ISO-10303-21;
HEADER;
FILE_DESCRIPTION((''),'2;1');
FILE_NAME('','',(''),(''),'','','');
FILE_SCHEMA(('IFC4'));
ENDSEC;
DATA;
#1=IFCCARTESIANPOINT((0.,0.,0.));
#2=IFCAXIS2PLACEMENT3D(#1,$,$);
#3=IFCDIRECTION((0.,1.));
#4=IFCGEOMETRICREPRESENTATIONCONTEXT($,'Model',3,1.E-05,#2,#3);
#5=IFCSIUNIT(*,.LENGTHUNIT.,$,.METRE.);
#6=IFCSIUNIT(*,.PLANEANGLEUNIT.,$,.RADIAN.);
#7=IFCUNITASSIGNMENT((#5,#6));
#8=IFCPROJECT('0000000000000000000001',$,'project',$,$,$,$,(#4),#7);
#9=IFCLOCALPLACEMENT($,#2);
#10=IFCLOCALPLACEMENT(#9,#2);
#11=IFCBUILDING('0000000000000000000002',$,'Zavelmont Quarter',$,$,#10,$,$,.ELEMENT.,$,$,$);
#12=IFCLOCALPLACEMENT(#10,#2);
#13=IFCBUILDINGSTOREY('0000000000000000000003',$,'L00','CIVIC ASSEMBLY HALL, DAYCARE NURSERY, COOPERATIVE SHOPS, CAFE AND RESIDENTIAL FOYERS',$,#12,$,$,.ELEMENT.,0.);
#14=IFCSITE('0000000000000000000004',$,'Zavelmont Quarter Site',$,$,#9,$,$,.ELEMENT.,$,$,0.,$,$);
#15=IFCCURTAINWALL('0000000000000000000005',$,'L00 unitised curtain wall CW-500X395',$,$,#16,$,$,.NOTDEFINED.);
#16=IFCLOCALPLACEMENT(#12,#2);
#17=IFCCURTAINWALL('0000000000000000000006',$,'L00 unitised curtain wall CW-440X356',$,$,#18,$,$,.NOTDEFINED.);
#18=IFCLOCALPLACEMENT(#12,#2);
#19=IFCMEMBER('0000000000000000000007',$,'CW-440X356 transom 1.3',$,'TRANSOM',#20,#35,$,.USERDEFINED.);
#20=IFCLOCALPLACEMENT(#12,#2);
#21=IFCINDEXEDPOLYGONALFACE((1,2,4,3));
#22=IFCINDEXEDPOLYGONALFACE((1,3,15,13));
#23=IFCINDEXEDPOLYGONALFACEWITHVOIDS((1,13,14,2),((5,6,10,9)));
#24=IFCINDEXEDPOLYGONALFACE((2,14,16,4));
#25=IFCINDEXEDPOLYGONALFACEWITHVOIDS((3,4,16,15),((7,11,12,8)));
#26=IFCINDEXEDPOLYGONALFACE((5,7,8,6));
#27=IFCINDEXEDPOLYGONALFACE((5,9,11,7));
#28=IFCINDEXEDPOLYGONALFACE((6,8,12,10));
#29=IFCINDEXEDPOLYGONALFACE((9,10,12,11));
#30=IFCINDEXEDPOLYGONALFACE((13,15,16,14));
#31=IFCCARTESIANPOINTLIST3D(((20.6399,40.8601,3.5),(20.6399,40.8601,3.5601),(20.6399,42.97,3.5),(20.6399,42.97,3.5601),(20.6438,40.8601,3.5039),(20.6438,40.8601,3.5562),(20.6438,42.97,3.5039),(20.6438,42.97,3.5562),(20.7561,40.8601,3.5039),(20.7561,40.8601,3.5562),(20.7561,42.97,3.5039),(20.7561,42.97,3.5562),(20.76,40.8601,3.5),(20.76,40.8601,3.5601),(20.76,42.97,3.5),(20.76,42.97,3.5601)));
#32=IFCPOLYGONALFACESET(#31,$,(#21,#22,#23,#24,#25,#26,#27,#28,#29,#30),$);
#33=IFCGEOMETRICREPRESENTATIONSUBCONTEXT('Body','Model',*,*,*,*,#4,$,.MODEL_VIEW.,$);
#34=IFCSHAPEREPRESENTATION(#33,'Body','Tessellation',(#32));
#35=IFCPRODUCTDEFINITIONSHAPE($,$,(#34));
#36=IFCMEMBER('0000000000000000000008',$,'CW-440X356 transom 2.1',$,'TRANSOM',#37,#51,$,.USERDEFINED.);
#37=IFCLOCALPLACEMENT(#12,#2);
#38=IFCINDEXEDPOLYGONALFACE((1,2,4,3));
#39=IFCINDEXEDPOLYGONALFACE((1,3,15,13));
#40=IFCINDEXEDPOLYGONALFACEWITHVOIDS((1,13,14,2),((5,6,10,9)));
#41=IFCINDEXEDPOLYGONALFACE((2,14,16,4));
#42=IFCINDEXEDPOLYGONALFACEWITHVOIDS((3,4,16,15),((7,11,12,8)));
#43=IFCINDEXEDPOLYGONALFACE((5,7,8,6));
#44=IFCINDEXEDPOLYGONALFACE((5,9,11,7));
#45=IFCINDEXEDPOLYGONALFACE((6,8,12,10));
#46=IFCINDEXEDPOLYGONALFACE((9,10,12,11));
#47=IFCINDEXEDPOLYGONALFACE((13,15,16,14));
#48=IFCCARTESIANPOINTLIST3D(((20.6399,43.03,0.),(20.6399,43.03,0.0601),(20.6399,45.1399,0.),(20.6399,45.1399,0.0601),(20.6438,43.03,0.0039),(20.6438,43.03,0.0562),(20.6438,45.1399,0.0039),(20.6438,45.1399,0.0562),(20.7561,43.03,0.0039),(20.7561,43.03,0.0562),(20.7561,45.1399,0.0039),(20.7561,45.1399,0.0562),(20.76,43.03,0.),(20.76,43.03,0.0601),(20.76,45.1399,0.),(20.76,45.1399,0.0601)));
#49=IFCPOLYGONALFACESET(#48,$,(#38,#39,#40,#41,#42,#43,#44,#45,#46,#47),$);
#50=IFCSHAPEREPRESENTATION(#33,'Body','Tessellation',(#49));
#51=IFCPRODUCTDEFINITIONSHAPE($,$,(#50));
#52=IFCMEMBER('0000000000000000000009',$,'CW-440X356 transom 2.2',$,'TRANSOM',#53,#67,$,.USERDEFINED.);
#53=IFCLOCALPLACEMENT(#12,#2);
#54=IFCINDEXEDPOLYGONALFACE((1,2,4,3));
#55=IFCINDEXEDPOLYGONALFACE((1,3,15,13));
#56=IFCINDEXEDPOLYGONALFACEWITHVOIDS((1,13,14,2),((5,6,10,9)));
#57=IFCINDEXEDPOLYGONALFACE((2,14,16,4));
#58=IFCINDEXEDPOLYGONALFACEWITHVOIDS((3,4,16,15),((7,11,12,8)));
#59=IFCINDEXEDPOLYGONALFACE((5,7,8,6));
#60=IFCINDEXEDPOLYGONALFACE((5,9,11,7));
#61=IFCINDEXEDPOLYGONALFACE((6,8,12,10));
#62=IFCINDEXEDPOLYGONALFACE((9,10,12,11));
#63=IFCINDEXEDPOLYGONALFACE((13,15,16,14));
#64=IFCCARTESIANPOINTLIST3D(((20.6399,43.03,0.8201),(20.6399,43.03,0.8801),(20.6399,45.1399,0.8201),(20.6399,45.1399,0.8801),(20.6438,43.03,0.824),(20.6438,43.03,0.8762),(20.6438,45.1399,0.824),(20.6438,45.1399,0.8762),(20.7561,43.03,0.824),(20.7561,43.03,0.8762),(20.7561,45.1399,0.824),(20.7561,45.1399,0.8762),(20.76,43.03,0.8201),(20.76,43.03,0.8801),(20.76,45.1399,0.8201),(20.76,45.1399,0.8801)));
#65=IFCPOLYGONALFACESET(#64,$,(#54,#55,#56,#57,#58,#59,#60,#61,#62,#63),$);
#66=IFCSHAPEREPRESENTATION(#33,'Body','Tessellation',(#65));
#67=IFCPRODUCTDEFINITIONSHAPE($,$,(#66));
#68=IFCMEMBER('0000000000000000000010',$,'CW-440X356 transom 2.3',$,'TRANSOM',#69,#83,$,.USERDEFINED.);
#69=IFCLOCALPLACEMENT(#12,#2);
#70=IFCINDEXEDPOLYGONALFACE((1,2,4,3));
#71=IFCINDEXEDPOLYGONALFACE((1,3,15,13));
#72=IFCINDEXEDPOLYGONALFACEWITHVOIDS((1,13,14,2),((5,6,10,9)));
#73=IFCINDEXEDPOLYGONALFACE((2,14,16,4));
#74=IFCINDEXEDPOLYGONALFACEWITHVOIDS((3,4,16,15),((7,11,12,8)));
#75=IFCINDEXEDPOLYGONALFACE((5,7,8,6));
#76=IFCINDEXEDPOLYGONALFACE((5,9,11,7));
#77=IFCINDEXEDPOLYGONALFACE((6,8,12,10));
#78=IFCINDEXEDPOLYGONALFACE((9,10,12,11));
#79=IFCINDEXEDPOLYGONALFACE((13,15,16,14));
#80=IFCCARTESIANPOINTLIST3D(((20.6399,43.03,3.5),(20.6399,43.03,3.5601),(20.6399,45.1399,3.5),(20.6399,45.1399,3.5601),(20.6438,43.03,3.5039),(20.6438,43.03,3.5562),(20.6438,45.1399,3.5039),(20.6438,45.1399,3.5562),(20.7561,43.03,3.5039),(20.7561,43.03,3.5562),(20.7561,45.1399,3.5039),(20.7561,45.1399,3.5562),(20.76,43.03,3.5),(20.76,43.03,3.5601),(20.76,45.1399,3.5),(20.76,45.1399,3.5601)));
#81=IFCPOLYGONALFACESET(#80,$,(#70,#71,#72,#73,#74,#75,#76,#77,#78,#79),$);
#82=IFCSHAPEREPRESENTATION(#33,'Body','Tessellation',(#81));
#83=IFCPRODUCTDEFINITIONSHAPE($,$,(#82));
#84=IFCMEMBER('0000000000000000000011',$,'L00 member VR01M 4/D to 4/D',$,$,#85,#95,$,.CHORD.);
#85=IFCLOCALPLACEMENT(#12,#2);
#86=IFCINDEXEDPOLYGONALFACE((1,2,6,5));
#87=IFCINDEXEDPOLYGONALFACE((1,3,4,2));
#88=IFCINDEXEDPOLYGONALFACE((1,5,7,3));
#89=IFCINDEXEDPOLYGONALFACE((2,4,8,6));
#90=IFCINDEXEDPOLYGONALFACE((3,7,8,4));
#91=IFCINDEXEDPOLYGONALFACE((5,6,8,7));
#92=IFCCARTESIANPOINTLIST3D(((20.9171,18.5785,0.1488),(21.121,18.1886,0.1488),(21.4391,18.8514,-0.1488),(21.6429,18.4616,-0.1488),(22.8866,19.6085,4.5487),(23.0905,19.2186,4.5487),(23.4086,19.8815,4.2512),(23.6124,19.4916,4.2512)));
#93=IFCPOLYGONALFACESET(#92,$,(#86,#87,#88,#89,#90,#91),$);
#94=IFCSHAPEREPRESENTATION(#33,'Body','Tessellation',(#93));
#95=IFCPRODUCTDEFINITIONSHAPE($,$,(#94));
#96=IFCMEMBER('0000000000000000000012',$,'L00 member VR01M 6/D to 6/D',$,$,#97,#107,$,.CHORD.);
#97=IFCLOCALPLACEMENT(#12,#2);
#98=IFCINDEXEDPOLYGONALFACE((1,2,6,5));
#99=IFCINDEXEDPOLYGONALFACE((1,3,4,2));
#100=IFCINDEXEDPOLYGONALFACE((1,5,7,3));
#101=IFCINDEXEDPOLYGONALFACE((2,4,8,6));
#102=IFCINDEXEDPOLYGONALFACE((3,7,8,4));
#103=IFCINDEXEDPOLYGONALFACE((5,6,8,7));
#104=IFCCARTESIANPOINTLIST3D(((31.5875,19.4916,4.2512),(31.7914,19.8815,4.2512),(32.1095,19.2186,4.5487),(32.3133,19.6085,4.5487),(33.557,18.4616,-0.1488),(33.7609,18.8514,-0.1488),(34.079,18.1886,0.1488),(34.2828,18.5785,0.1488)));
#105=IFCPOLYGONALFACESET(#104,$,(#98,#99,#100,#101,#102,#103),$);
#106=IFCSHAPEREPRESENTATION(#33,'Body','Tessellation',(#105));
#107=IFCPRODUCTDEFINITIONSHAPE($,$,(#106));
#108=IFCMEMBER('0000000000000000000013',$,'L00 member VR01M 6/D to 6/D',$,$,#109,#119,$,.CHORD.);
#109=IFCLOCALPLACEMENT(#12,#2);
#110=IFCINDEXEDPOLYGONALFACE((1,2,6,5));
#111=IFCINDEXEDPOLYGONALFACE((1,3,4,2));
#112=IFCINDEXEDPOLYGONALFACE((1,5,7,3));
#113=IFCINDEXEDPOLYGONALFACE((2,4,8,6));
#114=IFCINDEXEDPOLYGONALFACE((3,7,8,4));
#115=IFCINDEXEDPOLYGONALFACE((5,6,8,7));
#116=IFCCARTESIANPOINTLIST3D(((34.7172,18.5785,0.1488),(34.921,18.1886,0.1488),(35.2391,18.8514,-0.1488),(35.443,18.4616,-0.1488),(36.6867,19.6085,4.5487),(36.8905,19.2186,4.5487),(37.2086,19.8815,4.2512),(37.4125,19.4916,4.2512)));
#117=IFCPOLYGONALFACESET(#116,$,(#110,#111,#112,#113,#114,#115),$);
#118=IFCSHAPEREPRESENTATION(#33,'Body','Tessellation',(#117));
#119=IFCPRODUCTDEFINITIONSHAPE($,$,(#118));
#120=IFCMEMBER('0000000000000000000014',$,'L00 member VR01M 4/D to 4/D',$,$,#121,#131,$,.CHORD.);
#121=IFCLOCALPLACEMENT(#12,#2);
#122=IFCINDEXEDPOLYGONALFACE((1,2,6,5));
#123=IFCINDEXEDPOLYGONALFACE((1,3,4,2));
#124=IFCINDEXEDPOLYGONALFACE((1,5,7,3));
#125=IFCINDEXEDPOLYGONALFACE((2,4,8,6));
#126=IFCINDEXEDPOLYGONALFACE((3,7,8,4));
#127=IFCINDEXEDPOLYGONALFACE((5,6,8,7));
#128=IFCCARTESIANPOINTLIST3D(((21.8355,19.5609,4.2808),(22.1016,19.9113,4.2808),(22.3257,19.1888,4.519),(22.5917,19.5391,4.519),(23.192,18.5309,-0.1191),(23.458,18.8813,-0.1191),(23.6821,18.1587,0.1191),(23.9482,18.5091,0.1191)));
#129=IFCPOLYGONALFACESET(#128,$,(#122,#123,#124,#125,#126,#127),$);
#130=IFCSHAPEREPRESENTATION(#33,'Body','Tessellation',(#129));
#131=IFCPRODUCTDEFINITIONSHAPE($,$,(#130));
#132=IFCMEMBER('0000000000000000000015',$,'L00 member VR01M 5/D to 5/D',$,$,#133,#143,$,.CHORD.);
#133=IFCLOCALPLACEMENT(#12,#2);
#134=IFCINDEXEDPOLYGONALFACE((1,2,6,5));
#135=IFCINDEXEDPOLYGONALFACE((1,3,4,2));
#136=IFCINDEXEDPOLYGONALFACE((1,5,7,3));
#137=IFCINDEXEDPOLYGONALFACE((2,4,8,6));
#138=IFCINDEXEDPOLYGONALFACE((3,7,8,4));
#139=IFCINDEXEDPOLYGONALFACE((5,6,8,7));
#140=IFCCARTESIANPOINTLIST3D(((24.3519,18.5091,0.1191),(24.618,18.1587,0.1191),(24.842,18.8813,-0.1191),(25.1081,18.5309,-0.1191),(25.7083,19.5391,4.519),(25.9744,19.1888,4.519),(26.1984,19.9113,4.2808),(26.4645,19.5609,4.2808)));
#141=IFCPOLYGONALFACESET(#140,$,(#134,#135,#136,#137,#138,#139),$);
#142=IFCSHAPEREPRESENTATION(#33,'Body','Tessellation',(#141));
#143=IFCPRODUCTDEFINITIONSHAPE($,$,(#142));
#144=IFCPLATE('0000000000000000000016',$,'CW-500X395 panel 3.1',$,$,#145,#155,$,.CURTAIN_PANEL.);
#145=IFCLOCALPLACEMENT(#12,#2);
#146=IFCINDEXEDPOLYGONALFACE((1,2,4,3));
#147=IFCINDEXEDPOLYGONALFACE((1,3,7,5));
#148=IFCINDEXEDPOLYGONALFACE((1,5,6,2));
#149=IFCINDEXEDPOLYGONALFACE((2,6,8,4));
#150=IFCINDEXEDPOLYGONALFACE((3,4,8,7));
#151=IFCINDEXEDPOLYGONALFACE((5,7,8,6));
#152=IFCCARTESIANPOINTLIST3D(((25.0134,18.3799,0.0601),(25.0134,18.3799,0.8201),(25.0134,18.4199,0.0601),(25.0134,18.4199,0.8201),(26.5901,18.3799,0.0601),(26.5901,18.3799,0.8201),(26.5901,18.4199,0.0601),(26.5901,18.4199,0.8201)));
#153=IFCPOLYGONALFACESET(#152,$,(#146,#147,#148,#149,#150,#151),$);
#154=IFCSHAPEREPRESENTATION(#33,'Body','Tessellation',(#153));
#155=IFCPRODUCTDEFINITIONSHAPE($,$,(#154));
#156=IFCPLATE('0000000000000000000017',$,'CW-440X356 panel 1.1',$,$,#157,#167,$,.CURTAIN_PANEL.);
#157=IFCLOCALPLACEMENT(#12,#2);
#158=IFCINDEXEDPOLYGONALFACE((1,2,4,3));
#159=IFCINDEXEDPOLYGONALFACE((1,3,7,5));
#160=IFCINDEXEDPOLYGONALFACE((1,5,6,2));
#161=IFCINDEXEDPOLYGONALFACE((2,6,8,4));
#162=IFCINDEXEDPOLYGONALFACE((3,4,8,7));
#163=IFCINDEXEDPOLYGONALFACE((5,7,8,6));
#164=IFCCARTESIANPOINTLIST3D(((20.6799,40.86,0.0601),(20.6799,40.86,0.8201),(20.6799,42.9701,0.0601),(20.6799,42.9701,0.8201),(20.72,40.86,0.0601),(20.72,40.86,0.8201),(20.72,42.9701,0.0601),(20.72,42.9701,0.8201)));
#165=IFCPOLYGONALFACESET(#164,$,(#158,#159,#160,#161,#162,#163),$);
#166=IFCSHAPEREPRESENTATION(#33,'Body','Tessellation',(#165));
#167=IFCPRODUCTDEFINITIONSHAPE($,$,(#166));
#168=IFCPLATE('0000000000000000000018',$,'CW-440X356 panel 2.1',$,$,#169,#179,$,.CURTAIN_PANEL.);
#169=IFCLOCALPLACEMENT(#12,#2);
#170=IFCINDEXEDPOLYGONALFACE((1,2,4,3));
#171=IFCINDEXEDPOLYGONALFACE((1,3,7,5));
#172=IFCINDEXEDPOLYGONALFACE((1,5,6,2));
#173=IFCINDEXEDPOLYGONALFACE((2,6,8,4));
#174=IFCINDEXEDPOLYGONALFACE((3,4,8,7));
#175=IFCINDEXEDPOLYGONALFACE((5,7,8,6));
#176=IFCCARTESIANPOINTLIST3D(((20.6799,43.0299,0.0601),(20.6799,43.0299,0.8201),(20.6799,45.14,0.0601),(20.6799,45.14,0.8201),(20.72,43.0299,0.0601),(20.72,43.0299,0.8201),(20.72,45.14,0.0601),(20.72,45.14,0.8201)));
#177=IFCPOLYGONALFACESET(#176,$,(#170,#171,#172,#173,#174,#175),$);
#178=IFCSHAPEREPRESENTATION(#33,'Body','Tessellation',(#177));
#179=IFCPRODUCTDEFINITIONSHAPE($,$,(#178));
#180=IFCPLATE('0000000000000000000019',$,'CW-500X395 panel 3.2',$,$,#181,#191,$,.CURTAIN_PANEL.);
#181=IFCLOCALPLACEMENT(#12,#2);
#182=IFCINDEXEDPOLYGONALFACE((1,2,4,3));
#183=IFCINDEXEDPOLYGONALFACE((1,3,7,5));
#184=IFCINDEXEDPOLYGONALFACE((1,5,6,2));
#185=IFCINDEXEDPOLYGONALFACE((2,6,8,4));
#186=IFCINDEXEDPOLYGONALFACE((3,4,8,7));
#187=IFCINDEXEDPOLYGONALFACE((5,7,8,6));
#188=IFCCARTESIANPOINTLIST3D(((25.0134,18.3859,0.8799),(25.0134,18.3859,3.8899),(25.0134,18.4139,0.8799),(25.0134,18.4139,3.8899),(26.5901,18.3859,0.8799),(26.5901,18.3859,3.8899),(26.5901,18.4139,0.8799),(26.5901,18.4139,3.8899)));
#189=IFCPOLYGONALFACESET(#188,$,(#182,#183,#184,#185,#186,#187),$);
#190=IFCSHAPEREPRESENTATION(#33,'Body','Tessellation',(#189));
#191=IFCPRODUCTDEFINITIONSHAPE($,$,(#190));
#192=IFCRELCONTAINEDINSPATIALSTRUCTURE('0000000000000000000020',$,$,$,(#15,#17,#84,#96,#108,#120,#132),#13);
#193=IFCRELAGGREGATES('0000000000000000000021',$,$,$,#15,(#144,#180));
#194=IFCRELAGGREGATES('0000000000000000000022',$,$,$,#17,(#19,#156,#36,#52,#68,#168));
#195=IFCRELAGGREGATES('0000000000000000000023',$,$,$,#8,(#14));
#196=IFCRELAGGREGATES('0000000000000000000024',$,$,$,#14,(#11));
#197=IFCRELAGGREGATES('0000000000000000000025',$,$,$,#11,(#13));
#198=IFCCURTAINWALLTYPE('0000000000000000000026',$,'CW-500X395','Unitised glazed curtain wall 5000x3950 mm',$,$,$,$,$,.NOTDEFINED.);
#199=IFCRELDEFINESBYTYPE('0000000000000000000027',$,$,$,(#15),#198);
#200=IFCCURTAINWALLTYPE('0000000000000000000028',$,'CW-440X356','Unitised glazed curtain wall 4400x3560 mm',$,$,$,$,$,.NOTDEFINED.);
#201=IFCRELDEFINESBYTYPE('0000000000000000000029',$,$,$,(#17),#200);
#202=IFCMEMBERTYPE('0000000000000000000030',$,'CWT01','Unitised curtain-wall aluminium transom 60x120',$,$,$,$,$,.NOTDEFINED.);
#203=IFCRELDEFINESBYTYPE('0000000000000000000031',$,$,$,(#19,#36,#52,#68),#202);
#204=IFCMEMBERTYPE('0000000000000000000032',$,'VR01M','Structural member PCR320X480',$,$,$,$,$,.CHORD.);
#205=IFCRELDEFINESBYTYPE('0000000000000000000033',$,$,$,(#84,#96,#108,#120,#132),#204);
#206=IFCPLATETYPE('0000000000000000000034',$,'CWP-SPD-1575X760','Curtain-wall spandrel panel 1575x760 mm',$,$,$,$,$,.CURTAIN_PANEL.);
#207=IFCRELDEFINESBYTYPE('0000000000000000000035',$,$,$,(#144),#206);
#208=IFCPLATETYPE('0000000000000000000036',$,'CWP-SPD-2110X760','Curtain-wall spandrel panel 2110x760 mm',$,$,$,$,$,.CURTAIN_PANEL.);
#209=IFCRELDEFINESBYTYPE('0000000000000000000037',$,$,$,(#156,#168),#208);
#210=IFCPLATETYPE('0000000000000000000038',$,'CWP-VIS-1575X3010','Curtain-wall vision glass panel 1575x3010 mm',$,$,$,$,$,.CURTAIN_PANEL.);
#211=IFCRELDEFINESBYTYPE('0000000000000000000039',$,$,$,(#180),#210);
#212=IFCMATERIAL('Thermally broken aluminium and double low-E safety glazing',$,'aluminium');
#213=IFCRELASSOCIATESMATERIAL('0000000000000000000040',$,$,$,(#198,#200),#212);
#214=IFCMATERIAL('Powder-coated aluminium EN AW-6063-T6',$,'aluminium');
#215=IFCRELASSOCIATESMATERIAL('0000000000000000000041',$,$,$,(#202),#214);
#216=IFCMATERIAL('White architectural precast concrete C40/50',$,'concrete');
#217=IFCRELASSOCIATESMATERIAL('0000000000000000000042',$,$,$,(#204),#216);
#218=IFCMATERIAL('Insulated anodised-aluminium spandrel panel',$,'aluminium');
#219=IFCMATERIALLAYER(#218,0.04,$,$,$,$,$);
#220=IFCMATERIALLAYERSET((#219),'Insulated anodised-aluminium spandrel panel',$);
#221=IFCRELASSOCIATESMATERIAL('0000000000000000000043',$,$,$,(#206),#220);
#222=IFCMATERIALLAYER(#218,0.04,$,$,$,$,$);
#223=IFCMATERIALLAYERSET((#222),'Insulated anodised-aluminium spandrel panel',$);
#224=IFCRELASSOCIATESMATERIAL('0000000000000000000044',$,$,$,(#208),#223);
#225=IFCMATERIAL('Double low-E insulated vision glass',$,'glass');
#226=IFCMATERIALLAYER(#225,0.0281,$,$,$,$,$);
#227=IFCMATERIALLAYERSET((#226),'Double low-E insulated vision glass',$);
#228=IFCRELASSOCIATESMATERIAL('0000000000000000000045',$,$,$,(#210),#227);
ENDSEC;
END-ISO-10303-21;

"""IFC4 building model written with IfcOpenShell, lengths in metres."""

from ifc_helpers import new_model, si_unit, direction, frame, origin, origin_2d, place, context, subcontext, project, spatial, rectangle, hollow_rectangle, extrude, material, layer, layer_set, material_profile, profile_set, type_object, element, aggregate, save


model = new_model("IFC4")

# Units and contexts
model_context = context("Model", 3, precision=1e-05, world=origin(), true_north=direction((0.0, 1.0)))
body_context = subcontext(model_context, "Body", "Model", "MODEL_VIEW")
ifc_project = project(units=[si_unit("LENGTHUNIT", "METRE"), si_unit("PLANEANGLEUNIT", "RADIAN")], contexts=[model_context])

# Site, building, storey
site_placement = place(None, origin())
site = spatial("IfcSite", under=ifc_project, at=site_placement, Name="Zavelmont Quarter Site", CompositionType="ELEMENT", RefElevation=0.0)
building_placement = place(site_placement, origin())
building = spatial("IfcBuilding", under=site, at=building_placement, Name="Zavelmont Quarter", CompositionType="ELEMENT")
storey_placement = place(building_placement, origin())
storey = spatial("IfcBuildingStorey", under=building, at=storey_placement, Name="L00", Description="CIVIC ASSEMBLY HALL, DAYCARE NURSERY, COOPERATIVE SHOPS, CAFE AND RESIDENTIAL FOYERS", CompositionType="ELEMENT", Elevation=0.0)

# Curtain wall
ifc_material_1 = material(Name="Thermally broken aluminium and double low-E safety glazing", Category="aluminium")
curtain_wall_type_1 = type_object("IfcCurtainWallType", Name="CW-500X395", Description="Unitised glazed curtain wall 5000x3950 mm", PredefinedType="NOTDEFINED", material=ifc_material_1)
curtain_wall_1_placement = place(storey_placement, origin())
curtain_wall_1 = element("IfcCurtainWall", 1, at=curtain_wall_1_placement, inside=storey, type_object=curtain_wall_type_1, Name="L00 unitised curtain wall CW-500X395", PredefinedType="NOTDEFINED")
ifc_material_2 = material(Name="Powder-coated aluminium EN AW-6063-T6", Category="aluminium")

# Curtain wall
curtain_wall_type_2 = type_object("IfcCurtainWallType", Name="CW-440X356", Description="Unitised glazed curtain wall 4400x3560 mm", PredefinedType="NOTDEFINED", material=ifc_material_1)
curtain_wall_2_placement = place(storey_placement, origin())
curtain_wall_2 = element("IfcCurtainWall", 2, at=curtain_wall_2_placement, inside=storey, type_object=curtain_wall_type_2, Name="L00 unitised curtain wall CW-440X356", PredefinedType="NOTDEFINED")

# Members
ifc_material_profile_1 = material_profile(ifc_material_2, hollow_rectangle(XDim=0.1201, YDim=0.0601, WallThickness=0.0039, at=origin_2d()), Name="CWT60X120")
ifc_profile_set_1 = profile_set([ifc_material_profile_1], Name="Powder-coated aluminium EN AW-6063-T6")
member_type_1 = type_object("IfcMemberType", Name="CWT01", Description="Unitised curtain-wall aluminium transom 60x120", PredefinedType="NOTDEFINED", material=ifc_profile_set_1)
member_1_placement = place(storey_placement, frame((20.7, 40.8601, 3.53), z_axis=(0.0, 1.0, 0.0), x_axis=(-1.0, 0.0, 0.0)))
member_1 = element("IfcMember", 3, at=member_1_placement, type_object=member_type_1, Name="CW-440X356 transom 1.3", ObjectType="TRANSOM", PredefinedType="USERDEFINED", context=body_context, shape_type="SweptSolid", body=[
    extrude(hollow_rectangle(XDim=0.1201, YDim=0.0601, WallThickness=0.0039, at=origin_2d()), origin(), (0.0, 0.0, 1.0), 2.1099),
])
member_2_placement = place(storey_placement, frame((20.7, 43.03, 0.03), z_axis=(0.0, 1.0, 0.0), x_axis=(-1.0, 0.0, 0.0)))
member_2 = element("IfcMember", 4, at=member_2_placement, type_object=member_type_1, Name="CW-440X356 transom 2.1", ObjectType="TRANSOM", PredefinedType="USERDEFINED", context=body_context, shape_type="SweptSolid", body=[
    extrude(hollow_rectangle(XDim=0.1201, YDim=0.0601, WallThickness=0.0039, at=origin_2d()), origin(), (0.0, 0.0, 1.0), 2.1099),
])
member_3_placement = place(storey_placement, frame((20.7, 43.03, 0.8501), z_axis=(0.0, 1.0, 0.0), x_axis=(-1.0, 0.0, 0.0)))
member_3 = element("IfcMember", 5, at=member_3_placement, type_object=member_type_1, Name="CW-440X356 transom 2.2", ObjectType="TRANSOM", PredefinedType="USERDEFINED", context=body_context, shape_type="SweptSolid", body=[
    extrude(hollow_rectangle(XDim=0.1201, YDim=0.0601, WallThickness=0.0039, at=origin_2d()), origin(), (0.0, 0.0, 1.0), 2.1099),
])
member_4_placement = place(storey_placement, frame((20.7, 43.03, 3.53), z_axis=(0.0, 1.0, 0.0), x_axis=(-1.0, 0.0, 0.0)))
member_4 = element("IfcMember", 6, at=member_4_placement, type_object=member_type_1, Name="CW-440X356 transom 2.3", ObjectType="TRANSOM", PredefinedType="USERDEFINED", context=body_context, shape_type="SweptSolid", body=[
    extrude(hollow_rectangle(XDim=0.1201, YDim=0.0601, WallThickness=0.0039, at=origin_2d()), origin(), (0.0, 0.0, 1.0), 2.1099),
])

# Members
ifc_material_3 = material(Name="White architectural precast concrete C40/50", Category="concrete")
ifc_material_profile_2 = material_profile(ifc_material_3, rectangle(XDim=0.4399, YDim=0.6599, at=origin_2d()), Name="PCR320X480")
ifc_profile_set_2 = profile_set([ifc_material_profile_2], Name="White architectural precast concrete C40/50")
member_type_2 = type_object("IfcMemberType", Name="VR01M", Description="Structural member PCR320X480", PredefinedType="CHORD", material=ifc_profile_set_2)
for number, where, z_axis, x_axis, name in (
    (7, (21.28, 18.52, 0.0), (0.399538, 0.208956, 0.892584), (-0.46344, 0.886128, 0.0), "L00 member VR01M 4/D to 4/D"),
    (8, (33.9199, 18.52, 0.0), (-0.399538, 0.208956, 0.892584), (-0.46344, -0.886128, 0.0), "L00 member VR01M 6/D to 6/D"),
    (9, (35.0801, 18.52, 0.0), (0.399538, 0.208956, 0.892584), (-0.46344, 0.886128, 0.0), "L00 member VR01M 6/D to 6/D"),
):
    element("IfcMember", number, at=place(storey_placement, frame(where, z_axis=z_axis, x_axis=x_axis)), inside=storey, type_object=member_type_2, Name=name, PredefinedType="CHORD", context=body_context, shape_type="SweptSolid", body=[
        extrude(rectangle(XDim=0.4399, YDim=0.6599, at=origin_2d()), origin(), (0.0, 0.0, 1.0), 4.9294),
    ])
for number, where, z_axis, x_axis, name in (
    (10, (23.5701, 18.52, 0.0), (-0.287501, 0.218316, 0.932567), (-0.60476, -0.796408, 0.0), "L00 member VR01M 4/D to 4/D"),
    (11, (24.73, 18.52, 0.0), (0.287501, 0.218316, 0.932567), (-0.60476, 0.796408, 0.0), "L00 member VR01M 5/D to 5/D"),
):
    element("IfcMember", number, at=place(storey_placement, frame(where, z_axis=z_axis, x_axis=x_axis)), inside=storey, type_object=member_type_2, Name=name, PredefinedType="CHORD", context=body_context, shape_type="SweptSolid", body=[
        extrude(rectangle(XDim=0.4399, YDim=0.6599, at=origin_2d()), origin(), (0.0, 0.0, 1.0), 4.718),
    ])

# Plates
ifc_material_4 = material(Name="Insulated anodised-aluminium spandrel panel", Category="aluminium")
ifc_layer_1 = layer(ifc_material_4, 0.04)
ifc_layer_set_1 = layer_set([ifc_layer_1], Name="Insulated anodised-aluminium spandrel panel")
plate_type_1 = type_object("IfcPlateType", Name="CWP-SPD-1575X760", Description="Curtain-wall spandrel panel 1575x760 mm", PredefinedType="CURTAIN_PANEL", material=ifc_layer_set_1)
plate_1_placement = place(storey_placement, frame((25.8018, 18.3999, 0.0601), z_axis=(0.0, 0.0, 1.0), x_axis=(1.0, 0.0, 0.0)))
plate_1 = element("IfcPlate", 12, at=plate_1_placement, type_object=plate_type_1, Name="CW-500X395 panel 3.1", PredefinedType="CURTAIN_PANEL", context=body_context, shape_type="SweptSolid", body=[
    extrude(rectangle(XDim=1.5767, YDim=0.04, at=origin_2d()), origin(), (0.0, 0.0, 1.0), 0.76),
])
ifc_layer_2 = layer(ifc_material_4, 0.04)
ifc_layer_set_2 = layer_set([ifc_layer_2], Name="Insulated anodised-aluminium spandrel panel")
plate_type_2 = type_object("IfcPlateType", Name="CWP-SPD-2110X760", Description="Curtain-wall spandrel panel 2110x760 mm", PredefinedType="CURTAIN_PANEL", material=ifc_layer_set_2)
plate_2_placement = place(storey_placement, frame((20.7, 41.915, 0.0601), z_axis=(0.0, 0.0, 1.0), x_axis=(0.0, 1.0, 0.0)))
plate_2 = element("IfcPlate", 13, at=plate_2_placement, type_object=plate_type_2, Name="CW-440X356 panel 1.1", PredefinedType="CURTAIN_PANEL", context=body_context, shape_type="SweptSolid", body=[
    extrude(rectangle(XDim=2.1101, YDim=0.04, at=origin_2d()), origin(), (0.0, 0.0, 1.0), 0.76),
])
plate_3_placement = place(storey_placement, frame((20.7, 44.085, 0.0601), z_axis=(0.0, 0.0, 1.0), x_axis=(0.0, 1.0, 0.0)))
plate_3 = element("IfcPlate", 14, at=plate_3_placement, type_object=plate_type_2, Name="CW-440X356 panel 2.1", PredefinedType="CURTAIN_PANEL", context=body_context, shape_type="SweptSolid", body=[
    extrude(rectangle(XDim=2.1101, YDim=0.04, at=origin_2d()), origin(), (0.0, 0.0, 1.0), 0.76),
])
ifc_material_5 = material(Name="Double low-E insulated vision glass", Category="glass")
ifc_layer_3 = layer(ifc_material_5, 0.0281)
ifc_layer_set_3 = layer_set([ifc_layer_3], Name="Double low-E insulated vision glass")
plate_type_3 = type_object("IfcPlateType", Name="CWP-VIS-1575X3010", Description="Curtain-wall vision glass panel 1575x3010 mm", PredefinedType="CURTAIN_PANEL", material=ifc_layer_set_3)
plate_4_placement = place(storey_placement, frame((25.8018, 18.3999, 0.8799), z_axis=(0.0, 0.0, 1.0), x_axis=(1.0, 0.0, 0.0)))
plate_4 = element("IfcPlate", 15, at=plate_4_placement, type_object=plate_type_3, Name="CW-500X395 panel 3.2", PredefinedType="CURTAIN_PANEL", context=body_context, shape_type="SweptSolid", body=[
    extrude(rectangle(XDim=1.5767, YDim=0.0281, at=origin_2d()), origin(), (0.0, 0.0, 1.0), 3.01),
])
aggregate(curtain_wall_1, [plate_1, plate_4])
aggregate(curtain_wall_2, [member_1, plate_2, member_2, member_3, member_4, plate_3])

save(model, "model.ifc")
